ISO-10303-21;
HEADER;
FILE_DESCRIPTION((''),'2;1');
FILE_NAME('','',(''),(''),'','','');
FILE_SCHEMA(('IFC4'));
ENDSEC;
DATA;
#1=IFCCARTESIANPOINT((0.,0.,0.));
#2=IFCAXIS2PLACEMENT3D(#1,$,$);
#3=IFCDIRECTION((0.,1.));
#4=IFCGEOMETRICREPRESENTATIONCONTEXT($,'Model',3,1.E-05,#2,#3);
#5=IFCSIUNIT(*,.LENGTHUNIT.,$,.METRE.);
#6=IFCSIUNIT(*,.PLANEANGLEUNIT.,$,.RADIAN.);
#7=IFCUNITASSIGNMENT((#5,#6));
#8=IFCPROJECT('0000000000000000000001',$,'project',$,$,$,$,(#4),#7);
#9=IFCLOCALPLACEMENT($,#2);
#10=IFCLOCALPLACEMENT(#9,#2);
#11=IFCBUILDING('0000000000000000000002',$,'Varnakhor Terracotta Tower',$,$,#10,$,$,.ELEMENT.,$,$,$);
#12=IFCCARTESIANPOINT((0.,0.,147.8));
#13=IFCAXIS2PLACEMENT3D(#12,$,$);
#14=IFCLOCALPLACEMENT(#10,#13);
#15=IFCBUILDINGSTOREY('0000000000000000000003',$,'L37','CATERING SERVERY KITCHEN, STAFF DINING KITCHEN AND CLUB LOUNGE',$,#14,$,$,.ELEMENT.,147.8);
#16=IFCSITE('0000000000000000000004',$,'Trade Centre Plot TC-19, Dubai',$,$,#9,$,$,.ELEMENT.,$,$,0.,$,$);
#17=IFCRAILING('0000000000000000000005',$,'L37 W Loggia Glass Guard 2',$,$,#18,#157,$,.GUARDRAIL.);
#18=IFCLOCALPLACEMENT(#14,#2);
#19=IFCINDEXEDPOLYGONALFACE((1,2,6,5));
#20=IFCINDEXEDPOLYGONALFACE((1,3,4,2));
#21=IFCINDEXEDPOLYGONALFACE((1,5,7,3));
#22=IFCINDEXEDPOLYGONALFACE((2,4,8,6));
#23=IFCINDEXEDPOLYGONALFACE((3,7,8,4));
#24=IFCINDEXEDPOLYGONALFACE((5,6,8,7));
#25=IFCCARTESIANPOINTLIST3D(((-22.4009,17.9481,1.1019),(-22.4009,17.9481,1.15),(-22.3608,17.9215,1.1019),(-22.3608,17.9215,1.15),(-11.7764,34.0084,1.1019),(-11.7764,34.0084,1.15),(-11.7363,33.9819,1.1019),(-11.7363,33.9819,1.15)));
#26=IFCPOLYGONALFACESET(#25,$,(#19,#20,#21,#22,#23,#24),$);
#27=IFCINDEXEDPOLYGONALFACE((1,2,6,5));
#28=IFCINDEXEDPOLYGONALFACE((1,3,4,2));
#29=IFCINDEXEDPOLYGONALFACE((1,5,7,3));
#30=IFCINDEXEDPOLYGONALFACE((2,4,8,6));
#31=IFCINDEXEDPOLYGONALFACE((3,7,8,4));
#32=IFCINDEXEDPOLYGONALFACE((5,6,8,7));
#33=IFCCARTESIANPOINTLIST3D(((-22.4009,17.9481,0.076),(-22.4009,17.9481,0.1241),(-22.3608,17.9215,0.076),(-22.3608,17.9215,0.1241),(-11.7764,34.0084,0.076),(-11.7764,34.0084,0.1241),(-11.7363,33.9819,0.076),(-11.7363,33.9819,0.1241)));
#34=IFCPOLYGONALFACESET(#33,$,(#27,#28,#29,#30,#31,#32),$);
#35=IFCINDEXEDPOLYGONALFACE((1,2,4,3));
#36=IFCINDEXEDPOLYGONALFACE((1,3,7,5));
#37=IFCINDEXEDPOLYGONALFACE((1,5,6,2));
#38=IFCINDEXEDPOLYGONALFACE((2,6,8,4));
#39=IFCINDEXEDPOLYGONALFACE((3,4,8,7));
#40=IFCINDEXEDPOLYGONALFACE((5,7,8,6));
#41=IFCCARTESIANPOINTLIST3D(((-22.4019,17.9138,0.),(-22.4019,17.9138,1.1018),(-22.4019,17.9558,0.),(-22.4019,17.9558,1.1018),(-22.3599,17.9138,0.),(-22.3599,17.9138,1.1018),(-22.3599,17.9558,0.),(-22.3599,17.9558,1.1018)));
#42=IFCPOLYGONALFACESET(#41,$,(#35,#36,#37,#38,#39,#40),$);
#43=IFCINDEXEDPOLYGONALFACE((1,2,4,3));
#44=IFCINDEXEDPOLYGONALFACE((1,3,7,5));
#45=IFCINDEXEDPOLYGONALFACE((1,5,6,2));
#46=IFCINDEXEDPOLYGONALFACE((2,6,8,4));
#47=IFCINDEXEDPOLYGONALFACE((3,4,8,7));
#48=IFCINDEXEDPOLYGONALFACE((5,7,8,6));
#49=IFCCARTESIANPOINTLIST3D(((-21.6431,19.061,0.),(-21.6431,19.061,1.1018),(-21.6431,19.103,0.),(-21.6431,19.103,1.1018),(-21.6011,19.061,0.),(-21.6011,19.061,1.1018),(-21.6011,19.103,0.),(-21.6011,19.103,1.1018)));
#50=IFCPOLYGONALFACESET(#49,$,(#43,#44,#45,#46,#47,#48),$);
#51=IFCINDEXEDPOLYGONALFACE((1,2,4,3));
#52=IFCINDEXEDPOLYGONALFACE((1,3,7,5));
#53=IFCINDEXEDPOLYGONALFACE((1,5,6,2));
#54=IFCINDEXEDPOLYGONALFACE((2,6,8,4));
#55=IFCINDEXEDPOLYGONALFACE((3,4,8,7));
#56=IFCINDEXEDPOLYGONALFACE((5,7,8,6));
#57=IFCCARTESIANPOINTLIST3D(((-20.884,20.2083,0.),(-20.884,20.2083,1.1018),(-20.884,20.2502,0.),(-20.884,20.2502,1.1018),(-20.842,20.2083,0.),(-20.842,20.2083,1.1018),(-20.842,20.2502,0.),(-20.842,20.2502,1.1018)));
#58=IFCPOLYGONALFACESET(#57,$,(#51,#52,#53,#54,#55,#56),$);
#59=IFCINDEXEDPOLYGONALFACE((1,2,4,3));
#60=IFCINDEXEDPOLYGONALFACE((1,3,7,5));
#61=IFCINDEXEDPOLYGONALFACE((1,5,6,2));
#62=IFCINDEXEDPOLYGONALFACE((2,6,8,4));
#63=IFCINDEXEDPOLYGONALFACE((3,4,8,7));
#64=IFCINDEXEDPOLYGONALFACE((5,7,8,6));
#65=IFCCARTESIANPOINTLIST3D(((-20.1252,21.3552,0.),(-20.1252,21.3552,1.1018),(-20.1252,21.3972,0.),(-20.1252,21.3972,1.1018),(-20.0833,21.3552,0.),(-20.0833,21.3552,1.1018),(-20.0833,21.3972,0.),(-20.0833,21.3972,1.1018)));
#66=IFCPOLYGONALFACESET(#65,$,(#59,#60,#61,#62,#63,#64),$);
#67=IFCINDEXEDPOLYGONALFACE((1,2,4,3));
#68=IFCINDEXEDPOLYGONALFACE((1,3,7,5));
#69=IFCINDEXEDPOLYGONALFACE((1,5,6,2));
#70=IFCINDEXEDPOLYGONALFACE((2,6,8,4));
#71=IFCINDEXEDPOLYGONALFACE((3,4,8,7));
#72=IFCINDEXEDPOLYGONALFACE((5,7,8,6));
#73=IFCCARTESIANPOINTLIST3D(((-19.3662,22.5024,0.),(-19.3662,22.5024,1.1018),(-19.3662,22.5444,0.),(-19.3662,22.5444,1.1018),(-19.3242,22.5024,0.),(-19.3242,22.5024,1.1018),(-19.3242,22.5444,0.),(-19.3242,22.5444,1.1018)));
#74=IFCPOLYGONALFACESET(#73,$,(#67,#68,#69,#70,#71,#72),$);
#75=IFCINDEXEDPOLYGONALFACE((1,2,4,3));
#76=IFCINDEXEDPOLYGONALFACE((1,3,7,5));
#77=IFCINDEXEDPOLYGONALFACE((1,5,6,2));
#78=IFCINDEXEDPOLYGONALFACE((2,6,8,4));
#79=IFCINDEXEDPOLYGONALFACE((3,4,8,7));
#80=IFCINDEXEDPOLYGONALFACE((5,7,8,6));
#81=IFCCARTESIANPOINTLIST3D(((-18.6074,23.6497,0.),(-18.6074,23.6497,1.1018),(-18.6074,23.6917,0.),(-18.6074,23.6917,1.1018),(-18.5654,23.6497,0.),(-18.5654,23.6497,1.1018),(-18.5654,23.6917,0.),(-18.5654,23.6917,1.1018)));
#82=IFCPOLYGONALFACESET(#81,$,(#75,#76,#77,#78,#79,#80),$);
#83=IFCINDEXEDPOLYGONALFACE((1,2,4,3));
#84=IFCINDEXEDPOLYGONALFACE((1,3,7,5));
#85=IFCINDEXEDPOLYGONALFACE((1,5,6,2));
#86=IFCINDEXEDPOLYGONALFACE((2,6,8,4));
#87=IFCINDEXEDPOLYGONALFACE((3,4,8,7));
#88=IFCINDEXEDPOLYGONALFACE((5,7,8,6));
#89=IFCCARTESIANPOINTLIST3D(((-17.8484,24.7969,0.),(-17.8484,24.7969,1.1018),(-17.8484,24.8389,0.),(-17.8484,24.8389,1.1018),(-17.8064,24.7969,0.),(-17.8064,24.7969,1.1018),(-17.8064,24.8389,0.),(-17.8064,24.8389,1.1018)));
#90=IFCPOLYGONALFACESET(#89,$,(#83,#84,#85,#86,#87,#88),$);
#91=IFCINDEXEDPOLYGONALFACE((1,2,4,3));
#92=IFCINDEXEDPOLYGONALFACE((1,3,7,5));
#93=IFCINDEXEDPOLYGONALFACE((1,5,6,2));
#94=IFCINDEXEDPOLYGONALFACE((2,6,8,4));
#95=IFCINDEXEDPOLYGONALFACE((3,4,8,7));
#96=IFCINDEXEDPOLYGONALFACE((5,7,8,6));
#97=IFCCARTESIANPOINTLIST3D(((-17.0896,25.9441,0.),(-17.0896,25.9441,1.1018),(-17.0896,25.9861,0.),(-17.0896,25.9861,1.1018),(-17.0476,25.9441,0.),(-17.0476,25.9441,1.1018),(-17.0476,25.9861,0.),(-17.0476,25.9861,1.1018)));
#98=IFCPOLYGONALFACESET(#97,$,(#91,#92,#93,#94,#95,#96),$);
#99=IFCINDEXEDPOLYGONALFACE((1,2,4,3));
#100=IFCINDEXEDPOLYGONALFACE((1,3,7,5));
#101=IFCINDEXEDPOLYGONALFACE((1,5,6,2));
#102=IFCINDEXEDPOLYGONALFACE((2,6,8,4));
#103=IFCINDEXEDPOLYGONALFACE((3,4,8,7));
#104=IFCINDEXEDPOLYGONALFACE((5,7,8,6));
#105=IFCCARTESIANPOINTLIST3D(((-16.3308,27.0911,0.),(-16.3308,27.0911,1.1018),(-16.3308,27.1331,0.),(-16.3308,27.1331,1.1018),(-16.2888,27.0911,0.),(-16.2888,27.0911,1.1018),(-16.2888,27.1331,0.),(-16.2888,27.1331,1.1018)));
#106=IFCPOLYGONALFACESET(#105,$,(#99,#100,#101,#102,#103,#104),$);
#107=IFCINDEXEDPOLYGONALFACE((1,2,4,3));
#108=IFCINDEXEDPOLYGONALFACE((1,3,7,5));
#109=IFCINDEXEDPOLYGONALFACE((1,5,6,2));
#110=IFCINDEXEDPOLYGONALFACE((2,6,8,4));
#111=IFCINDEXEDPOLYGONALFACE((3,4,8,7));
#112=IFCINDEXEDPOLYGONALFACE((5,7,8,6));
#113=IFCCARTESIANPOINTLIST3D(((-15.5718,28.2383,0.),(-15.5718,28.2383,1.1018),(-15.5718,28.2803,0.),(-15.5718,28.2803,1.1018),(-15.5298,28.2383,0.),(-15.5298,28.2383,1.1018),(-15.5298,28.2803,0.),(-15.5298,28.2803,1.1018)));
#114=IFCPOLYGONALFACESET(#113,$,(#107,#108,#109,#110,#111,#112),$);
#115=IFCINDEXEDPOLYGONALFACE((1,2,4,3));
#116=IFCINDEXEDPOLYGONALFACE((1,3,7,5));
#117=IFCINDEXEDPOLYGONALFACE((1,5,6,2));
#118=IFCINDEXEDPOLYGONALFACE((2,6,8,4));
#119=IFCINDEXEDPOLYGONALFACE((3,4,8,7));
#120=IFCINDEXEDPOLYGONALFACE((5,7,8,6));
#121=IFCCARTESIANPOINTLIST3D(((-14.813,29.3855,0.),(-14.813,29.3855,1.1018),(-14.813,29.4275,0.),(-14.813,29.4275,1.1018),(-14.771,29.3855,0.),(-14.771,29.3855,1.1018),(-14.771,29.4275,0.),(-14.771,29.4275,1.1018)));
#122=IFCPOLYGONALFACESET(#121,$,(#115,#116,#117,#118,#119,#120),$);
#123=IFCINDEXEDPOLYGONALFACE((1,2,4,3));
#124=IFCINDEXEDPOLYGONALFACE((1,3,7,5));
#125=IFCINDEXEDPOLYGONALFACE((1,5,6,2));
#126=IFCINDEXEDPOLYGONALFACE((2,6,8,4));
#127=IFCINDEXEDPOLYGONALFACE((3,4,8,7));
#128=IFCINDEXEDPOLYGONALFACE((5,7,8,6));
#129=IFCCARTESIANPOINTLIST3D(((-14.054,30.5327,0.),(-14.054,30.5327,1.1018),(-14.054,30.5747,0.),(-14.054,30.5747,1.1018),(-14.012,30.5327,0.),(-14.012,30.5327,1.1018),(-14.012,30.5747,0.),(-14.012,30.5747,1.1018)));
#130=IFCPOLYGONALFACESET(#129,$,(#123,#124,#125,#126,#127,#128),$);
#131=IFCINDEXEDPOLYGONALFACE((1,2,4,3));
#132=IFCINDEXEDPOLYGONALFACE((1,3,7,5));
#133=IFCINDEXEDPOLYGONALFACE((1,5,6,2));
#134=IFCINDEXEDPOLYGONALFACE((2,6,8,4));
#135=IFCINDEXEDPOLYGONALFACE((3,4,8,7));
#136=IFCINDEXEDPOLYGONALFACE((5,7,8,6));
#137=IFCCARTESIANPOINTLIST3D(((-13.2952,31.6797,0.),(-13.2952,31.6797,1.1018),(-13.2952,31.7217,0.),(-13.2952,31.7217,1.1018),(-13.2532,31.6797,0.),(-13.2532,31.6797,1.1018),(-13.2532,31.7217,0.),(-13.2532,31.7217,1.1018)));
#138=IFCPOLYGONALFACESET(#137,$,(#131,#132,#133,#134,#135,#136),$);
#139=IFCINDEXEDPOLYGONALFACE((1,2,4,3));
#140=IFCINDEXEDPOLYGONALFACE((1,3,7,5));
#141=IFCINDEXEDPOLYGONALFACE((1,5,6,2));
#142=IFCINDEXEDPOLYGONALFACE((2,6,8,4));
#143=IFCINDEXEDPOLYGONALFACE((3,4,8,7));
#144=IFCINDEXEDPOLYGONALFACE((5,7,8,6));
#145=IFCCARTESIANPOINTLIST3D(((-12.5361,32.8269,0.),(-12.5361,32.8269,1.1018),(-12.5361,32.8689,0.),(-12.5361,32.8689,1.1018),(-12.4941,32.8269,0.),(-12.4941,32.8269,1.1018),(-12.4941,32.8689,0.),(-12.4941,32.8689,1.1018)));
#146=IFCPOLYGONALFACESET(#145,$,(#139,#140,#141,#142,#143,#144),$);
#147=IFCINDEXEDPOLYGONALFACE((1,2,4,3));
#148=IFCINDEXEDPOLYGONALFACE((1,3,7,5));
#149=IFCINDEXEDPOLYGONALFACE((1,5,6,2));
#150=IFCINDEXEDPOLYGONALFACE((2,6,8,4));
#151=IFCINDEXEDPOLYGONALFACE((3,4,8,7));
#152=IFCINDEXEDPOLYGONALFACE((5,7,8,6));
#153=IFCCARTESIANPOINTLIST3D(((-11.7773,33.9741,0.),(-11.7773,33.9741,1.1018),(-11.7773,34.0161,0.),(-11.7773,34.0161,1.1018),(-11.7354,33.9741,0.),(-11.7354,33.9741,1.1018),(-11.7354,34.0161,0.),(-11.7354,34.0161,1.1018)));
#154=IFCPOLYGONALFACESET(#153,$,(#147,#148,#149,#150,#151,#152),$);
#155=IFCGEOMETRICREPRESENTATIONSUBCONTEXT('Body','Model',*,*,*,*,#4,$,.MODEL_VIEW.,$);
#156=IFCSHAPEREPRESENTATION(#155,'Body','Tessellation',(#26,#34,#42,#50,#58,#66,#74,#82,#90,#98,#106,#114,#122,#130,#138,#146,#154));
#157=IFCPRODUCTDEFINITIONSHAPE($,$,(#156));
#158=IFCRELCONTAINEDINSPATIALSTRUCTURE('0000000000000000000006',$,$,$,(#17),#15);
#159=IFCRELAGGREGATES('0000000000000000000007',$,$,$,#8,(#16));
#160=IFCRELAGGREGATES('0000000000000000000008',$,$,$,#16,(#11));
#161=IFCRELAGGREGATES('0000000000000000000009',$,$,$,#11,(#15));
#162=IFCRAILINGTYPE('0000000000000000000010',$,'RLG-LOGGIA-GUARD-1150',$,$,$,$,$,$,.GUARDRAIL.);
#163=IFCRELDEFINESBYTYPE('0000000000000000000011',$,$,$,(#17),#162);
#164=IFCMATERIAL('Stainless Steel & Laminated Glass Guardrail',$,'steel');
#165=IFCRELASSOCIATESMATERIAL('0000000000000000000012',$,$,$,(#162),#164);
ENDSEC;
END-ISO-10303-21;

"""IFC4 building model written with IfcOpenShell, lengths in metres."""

from ifc_helpers import new_model, si_unit, direction, frame, origin, origin_2d, place, context, subcontext, project, spatial, rectangle, extrude, material, type_object, element, save


model = new_model("IFC4")

# Units and contexts
model_context = context("Model", 3, precision=1e-05, world=origin(), true_north=direction((0.0, 1.0)))
body_context = subcontext(model_context, "Body", "Model", "MODEL_VIEW")
ifc_project = project(units=[si_unit("LENGTHUNIT", "METRE"), si_unit("PLANEANGLEUNIT", "RADIAN")], contexts=[model_context])

# Site, building, storey
site_placement = place(None, origin())
site = spatial("IfcSite", under=ifc_project, at=site_placement, Name="Trade Centre Plot TC-19, Dubai", CompositionType="ELEMENT", RefElevation=0.0)
building_placement = place(site_placement, origin())
building = spatial("IfcBuilding", under=site, at=building_placement, Name="Varnakhor Terracotta Tower", CompositionType="ELEMENT")
storey_placement = place(building_placement, frame((0.0, 0.0, 147.8)))
storey = spatial("IfcBuildingStorey", under=building, at=storey_placement, Name="L37", Description="CATERING SERVERY KITCHEN, STAFF DINING KITCHEN AND CLUB LOUNGE", CompositionType="ELEMENT", Elevation=147.8)

# Railing
ifc_material_1 = material(Name="Stainless Steel & Laminated Glass Guardrail", Category="steel")
railing_type = type_object("IfcRailingType", Name="RLG-LOGGIA-GUARD-1150", PredefinedType="GUARDRAIL", material=ifc_material_1)
railing_1_placement = place(storey_placement, frame((-22.3809, 17.9348, 0.0)))
element("IfcRailing", 1, at=railing_1_placement, inside=storey, type_object=railing_type, Name="L37 W Loggia Glass Guard 2", PredefinedType="GUARDRAIL", context=body_context, shape_type="SweptSolid", body=[
    extrude(rectangle(XDim=0.0481, YDim=0.0481, at=origin_2d()), frame((0.0, 0.0, 1.126), z_axis=(0.551736, 0.834019, 0.0), x_axis=(-0.834019, 0.551736, 0.0)), (0.0, 0.0, 1.0), 19.2566),
    extrude(rectangle(XDim=0.0481, YDim=0.0481, at=origin_2d()), frame((0.0, 0.0, 0.1001), z_axis=(0.551736, 0.834019, 0.0), x_axis=(-0.834019, 0.551736, 0.0)), (0.0, 0.0, 1.0), 19.2566),
    extrude(rectangle(XDim=0.042, YDim=0.042, at=origin_2d()), origin(), (0.0, 0.0, 1.0), 1.1018),
    extrude(rectangle(XDim=0.042, YDim=0.042, at=origin_2d()), frame((0.7588, 1.1472, 0.0)), (0.0, 0.0, 1.0), 1.1018),
    extrude(rectangle(XDim=0.042, YDim=0.042, at=origin_2d()), frame((1.5178, 2.2944, 0.0)), (0.0, 0.0, 1.0), 1.1018),
    extrude(rectangle(XDim=0.042, YDim=0.042, at=origin_2d()), frame((2.2766, 3.4414, 0.0)), (0.0, 0.0, 1.0), 1.1018),
    extrude(rectangle(XDim=0.042, YDim=0.042, at=origin_2d()), frame((3.0356, 4.5886, 0.0)), (0.0, 0.0, 1.0), 1.1018),
    extrude(rectangle(XDim=0.042, YDim=0.042, at=origin_2d()), frame((3.7944, 5.7358, 0.0)), (0.0, 0.0, 1.0), 1.1018),
    extrude(rectangle(XDim=0.042, YDim=0.042, at=origin_2d()), frame((4.5535, 6.8831, 0.0)), (0.0, 0.0, 1.0), 1.1018),
    extrude(rectangle(XDim=0.042, YDim=0.042, at=origin_2d()), frame((5.3123, 8.0303, 0.0)), (0.0, 0.0, 1.0), 1.1018),
    extrude(rectangle(XDim=0.042, YDim=0.042, at=origin_2d()), frame((6.071, 9.1772, 0.0)), (0.0, 0.0, 1.0), 1.1018),
    extrude(rectangle(XDim=0.042, YDim=0.042, at=origin_2d()), frame((6.8301, 10.3245, 0.0)), (0.0, 0.0, 1.0), 1.1018),
    extrude(rectangle(XDim=0.042, YDim=0.042, at=origin_2d()), frame((7.5889, 11.4717, 0.0)), (0.0, 0.0, 1.0), 1.1018),
    extrude(rectangle(XDim=0.042, YDim=0.042, at=origin_2d()), frame((8.3479, 12.6189, 0.0)), (0.0, 0.0, 1.0), 1.1018),
    extrude(rectangle(XDim=0.042, YDim=0.042, at=origin_2d()), frame((9.1067, 13.7659, 0.0)), (0.0, 0.0, 1.0), 1.1018),
    extrude(rectangle(XDim=0.042, YDim=0.042, at=origin_2d()), frame((9.8657, 14.9131, 0.0)), (0.0, 0.0, 1.0), 1.1018),
    extrude(rectangle(XDim=0.042, YDim=0.042, at=origin_2d()), frame((10.6245, 16.0603, 0.0)), (0.0, 0.0, 1.0), 1.1018),
])

save(model, "model.ifc")
